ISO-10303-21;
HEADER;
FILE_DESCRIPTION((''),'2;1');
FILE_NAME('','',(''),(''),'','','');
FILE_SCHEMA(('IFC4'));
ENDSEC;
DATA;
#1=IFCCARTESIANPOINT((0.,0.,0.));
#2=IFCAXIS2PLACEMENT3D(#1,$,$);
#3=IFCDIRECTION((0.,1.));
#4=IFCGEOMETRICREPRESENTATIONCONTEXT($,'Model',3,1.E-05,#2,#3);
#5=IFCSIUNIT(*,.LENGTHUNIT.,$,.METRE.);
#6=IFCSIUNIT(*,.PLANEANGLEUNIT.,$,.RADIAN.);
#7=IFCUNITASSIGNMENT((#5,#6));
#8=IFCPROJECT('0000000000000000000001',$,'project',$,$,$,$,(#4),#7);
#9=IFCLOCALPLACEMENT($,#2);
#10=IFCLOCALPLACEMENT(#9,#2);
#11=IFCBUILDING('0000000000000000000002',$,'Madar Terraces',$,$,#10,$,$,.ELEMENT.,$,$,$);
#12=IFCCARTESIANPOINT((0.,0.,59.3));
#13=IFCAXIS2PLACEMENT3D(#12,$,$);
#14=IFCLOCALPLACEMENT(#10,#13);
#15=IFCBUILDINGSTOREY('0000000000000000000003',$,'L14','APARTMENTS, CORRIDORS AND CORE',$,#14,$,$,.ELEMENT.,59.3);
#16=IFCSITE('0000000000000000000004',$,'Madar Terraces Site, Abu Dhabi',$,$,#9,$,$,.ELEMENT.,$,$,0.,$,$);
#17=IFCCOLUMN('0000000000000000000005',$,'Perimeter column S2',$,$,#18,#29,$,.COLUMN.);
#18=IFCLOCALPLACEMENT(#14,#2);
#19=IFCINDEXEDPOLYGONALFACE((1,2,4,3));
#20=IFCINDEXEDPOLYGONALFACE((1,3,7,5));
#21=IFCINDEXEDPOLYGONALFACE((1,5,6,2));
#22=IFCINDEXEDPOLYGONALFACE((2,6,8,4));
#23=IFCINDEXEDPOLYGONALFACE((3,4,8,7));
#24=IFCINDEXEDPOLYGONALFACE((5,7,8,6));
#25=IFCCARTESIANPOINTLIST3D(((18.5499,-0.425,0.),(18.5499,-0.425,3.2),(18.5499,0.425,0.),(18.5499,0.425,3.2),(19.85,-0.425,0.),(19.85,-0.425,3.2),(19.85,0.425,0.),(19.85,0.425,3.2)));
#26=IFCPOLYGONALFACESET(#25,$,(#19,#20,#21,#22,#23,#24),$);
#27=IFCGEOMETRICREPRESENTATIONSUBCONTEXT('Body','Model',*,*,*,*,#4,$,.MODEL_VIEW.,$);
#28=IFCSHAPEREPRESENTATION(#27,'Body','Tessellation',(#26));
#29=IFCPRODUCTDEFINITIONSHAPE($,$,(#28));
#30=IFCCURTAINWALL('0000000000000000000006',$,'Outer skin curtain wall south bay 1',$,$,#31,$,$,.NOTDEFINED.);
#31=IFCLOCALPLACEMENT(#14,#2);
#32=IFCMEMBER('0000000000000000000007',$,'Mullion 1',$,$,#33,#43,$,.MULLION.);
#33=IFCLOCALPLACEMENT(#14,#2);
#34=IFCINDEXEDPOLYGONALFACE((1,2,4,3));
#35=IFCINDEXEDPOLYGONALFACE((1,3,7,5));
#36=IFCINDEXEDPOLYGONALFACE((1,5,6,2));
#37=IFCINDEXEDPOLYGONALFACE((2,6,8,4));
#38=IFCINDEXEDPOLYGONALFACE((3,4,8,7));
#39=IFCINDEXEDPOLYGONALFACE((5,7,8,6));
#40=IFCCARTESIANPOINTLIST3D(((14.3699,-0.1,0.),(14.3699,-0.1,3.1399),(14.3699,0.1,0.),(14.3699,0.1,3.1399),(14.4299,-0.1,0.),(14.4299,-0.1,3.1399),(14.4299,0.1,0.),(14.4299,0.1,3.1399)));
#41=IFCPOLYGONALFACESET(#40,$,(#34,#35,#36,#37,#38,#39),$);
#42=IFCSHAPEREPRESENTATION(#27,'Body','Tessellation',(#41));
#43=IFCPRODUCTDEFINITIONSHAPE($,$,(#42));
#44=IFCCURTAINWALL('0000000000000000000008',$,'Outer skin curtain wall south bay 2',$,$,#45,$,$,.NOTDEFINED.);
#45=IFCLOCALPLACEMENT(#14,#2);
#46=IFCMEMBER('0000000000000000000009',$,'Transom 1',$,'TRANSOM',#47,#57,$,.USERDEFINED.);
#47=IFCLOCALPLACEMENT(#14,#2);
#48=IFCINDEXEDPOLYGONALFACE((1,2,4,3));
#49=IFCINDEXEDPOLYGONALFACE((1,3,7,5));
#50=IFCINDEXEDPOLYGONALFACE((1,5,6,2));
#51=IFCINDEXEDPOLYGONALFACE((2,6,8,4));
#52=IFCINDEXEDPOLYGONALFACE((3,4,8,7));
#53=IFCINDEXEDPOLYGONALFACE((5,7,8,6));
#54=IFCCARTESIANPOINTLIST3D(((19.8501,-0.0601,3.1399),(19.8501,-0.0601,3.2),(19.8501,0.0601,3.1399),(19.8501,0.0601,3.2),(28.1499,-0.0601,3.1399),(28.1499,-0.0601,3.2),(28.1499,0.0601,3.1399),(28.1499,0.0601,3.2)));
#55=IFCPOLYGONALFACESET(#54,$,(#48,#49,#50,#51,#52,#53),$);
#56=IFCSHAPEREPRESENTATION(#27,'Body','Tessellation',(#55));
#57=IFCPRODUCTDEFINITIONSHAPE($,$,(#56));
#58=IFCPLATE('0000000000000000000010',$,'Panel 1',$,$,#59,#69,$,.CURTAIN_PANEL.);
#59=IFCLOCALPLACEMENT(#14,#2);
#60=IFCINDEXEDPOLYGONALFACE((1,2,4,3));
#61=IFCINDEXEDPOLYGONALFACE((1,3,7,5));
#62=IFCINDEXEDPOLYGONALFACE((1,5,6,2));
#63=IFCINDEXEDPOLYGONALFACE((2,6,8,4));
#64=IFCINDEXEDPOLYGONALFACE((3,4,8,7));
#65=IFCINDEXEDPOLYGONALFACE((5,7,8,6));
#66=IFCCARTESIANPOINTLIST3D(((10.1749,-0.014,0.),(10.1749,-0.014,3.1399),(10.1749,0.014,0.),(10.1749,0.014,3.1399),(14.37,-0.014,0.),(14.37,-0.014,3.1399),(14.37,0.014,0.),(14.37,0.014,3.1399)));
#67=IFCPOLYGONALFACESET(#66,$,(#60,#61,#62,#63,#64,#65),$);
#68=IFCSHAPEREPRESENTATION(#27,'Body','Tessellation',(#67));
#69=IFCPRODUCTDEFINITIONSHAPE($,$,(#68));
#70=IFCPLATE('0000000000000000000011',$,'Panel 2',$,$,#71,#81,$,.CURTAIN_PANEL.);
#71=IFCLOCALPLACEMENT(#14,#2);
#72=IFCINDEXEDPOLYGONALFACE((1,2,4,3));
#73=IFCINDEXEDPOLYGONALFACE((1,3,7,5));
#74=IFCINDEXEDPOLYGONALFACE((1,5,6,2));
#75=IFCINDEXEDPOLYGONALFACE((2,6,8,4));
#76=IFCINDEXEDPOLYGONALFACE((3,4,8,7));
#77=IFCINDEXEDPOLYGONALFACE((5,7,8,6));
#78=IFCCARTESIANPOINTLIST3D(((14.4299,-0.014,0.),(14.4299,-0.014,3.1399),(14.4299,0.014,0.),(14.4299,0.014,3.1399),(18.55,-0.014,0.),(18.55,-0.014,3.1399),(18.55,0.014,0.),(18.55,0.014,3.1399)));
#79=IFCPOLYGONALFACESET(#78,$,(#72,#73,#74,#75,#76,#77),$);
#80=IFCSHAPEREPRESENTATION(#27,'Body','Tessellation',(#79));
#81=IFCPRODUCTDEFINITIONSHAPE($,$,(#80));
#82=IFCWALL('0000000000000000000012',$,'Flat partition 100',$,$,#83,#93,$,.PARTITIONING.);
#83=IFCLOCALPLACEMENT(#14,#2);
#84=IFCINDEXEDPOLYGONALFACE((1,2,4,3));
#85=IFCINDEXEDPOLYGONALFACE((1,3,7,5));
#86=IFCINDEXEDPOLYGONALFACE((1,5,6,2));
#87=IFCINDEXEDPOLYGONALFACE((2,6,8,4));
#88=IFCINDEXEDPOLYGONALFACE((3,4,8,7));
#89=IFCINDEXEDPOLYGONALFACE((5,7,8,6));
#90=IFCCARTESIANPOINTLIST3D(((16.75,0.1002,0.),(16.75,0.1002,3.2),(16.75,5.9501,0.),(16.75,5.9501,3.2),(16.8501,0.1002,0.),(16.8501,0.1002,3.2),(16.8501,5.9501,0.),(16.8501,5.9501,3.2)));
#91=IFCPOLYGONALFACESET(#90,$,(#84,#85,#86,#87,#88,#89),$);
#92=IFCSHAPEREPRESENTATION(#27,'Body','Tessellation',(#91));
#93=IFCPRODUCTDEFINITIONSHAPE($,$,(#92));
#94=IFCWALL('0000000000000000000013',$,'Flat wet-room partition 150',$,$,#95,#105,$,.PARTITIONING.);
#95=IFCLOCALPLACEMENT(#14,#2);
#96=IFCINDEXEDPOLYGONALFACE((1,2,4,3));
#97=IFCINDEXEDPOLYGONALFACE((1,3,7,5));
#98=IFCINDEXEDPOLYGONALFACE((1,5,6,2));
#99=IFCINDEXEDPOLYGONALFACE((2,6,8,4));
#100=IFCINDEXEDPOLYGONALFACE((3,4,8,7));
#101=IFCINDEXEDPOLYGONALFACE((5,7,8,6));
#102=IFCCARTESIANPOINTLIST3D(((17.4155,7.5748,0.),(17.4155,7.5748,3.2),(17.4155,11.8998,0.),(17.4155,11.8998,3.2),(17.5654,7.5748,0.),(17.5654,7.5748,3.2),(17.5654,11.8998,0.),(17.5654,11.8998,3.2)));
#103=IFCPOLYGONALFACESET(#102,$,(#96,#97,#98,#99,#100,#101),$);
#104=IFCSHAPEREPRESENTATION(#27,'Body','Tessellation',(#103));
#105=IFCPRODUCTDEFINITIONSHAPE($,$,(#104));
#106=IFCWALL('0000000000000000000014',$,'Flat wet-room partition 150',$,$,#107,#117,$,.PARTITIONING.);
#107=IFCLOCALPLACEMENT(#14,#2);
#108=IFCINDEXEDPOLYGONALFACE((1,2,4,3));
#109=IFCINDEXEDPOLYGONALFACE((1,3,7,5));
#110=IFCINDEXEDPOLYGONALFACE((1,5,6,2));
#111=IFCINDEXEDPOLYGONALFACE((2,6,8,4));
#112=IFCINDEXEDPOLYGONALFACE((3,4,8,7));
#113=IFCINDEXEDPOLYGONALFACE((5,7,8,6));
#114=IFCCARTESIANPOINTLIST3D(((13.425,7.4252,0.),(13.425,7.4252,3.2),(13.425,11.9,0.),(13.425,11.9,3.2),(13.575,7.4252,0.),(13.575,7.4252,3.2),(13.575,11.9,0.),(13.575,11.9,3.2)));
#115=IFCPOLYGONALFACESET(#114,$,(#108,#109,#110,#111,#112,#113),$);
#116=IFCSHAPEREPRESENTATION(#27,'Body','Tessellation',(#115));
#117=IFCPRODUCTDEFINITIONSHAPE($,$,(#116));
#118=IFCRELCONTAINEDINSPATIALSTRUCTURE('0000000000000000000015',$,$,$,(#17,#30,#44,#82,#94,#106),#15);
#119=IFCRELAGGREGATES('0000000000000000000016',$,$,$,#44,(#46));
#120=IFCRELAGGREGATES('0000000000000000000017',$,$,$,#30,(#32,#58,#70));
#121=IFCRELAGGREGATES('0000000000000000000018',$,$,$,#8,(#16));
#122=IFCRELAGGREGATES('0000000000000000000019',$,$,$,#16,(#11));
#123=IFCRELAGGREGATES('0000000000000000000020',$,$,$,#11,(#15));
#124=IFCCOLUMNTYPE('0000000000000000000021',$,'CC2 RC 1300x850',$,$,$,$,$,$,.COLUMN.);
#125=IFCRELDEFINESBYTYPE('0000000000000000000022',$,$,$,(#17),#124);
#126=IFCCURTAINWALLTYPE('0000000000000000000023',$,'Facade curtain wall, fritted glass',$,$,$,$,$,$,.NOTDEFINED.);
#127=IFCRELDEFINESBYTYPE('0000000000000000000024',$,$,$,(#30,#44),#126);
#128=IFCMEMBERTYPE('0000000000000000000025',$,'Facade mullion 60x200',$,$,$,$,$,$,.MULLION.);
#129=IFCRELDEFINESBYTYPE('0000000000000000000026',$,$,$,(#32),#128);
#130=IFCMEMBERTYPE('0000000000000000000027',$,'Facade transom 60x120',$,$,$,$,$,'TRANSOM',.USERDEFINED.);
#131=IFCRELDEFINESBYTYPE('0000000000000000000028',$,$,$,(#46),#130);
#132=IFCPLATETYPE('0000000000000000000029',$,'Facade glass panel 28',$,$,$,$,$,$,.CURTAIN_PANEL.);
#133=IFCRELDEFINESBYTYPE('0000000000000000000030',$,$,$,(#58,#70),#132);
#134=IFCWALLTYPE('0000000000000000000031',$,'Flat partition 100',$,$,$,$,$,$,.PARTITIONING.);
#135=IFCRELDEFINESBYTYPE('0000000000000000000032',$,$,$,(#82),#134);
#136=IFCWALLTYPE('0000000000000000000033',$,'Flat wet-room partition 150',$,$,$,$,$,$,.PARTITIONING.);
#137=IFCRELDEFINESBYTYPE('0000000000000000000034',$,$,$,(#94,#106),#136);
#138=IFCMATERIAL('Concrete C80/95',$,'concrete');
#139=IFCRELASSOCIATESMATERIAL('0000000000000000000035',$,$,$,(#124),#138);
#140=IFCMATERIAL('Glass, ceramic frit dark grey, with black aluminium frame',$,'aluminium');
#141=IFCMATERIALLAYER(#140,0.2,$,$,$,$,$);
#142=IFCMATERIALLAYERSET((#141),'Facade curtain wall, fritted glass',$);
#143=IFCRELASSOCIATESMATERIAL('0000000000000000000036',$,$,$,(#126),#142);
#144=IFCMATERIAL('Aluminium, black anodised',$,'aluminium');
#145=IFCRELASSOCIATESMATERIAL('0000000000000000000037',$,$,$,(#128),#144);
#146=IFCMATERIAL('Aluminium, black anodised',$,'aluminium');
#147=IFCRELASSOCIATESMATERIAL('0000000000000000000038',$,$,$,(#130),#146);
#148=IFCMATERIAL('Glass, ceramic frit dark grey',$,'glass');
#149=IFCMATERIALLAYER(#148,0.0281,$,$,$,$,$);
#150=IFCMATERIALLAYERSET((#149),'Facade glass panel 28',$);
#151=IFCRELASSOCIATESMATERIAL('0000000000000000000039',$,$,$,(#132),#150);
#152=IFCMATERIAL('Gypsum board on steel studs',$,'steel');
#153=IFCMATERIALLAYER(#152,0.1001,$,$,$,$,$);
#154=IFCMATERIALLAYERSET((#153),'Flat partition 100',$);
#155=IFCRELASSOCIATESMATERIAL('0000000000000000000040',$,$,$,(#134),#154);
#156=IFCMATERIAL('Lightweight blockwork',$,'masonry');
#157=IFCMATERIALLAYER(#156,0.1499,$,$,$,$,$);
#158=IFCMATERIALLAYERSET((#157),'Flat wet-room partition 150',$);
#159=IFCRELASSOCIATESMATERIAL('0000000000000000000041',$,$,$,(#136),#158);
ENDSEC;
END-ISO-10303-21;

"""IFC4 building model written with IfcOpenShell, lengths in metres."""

from ifc_helpers import new_model, si_unit, direction, frame, frame_2d, origin, origin_2d, place, context, subcontext, project, spatial, rectangle, extrude, material, layer, layer_set, material_profile, profile_set, type_object, element, aggregate, save


model = new_model("IFC4")

# Units and contexts
model_context = context("Model", 3, precision=1e-05, world=origin(), true_north=direction((0.0, 1.0)))
body_context = subcontext(model_context, "Body", "Model", "MODEL_VIEW")
ifc_project = project(units=[si_unit("LENGTHUNIT", "METRE"), si_unit("PLANEANGLEUNIT", "RADIAN")], contexts=[model_context])

# Site, building, storey
site_placement = place(None, origin())
site = spatial("IfcSite", under=ifc_project, at=site_placement, Name="Madar Terraces Site, Abu Dhabi", CompositionType="ELEMENT", RefElevation=0.0)
building_placement = place(site_placement, origin())
building = spatial("IfcBuilding", under=site, at=building_placement, Name="Madar Terraces", CompositionType="ELEMENT")
storey_placement = place(building_placement, frame((0.0, 0.0, 59.3)))
storey = spatial("IfcBuildingStorey", under=building, at=storey_placement, Name="L14", Description="APARTMENTS, CORRIDORS AND CORE", CompositionType="ELEMENT", Elevation=59.3)

# Column
ifc_material_1 = material(Name="Concrete C80/95", Category="concrete")
ifc_material_profile_1 = material_profile(ifc_material_1, rectangle(XDim=1.3, YDim=0.8501, at=origin_2d()), Name="CC2 RC 1300x850")
ifc_profile_set_1 = profile_set([ifc_material_profile_1], Name="Concrete C80/95")
column_type = type_object("IfcColumnType", Name="CC2 RC 1300x850", PredefinedType="COLUMN", material=ifc_profile_set_1)
column_placement = place(storey_placement, frame((19.2, 0.0, 0.0), z_axis=(0.0, 0.0, 1.0), x_axis=(1.0, 0.0, 0.0)))
element("IfcColumn", 1, at=column_placement, inside=storey, type_object=column_type, Name="Perimeter column S2", PredefinedType="COLUMN", context=body_context, shape_type="SweptSolid", body=[
    extrude(rectangle(XDim=1.3, YDim=0.8501, at=origin_2d()), origin(), (0.0, 0.0, 1.0), 3.2),
])

# Curtain walls, members
ifc_material_2 = material(Name="Glass, ceramic frit dark grey, with black aluminium frame", Category="aluminium")
ifc_layer_1 = layer(ifc_material_2, 0.2)
ifc_layer_set_1 = layer_set([ifc_layer_1], Name="Facade curtain wall, fritted glass")
curtain_wall_type = type_object("IfcCurtainWallType", Name="Facade curtain wall, fritted glass", PredefinedType="NOTDEFINED", material=ifc_layer_set_1)
curtain_wall_1_placement = place(storey_placement, origin())
curtain_wall_1 = element("IfcCurtainWall", 2, at=curtain_wall_1_placement, inside=storey, type_object=curtain_wall_type, Name="Outer skin curtain wall south bay 1", PredefinedType="NOTDEFINED")
ifc_material_3 = material(Name="Aluminium, black anodised", Category="aluminium")
ifc_material_profile_2 = material_profile(ifc_material_3, rectangle(XDim=0.2, YDim=0.0601, at=origin_2d()), Name="Facade mullion 60x200")
ifc_profile_set_2 = profile_set([ifc_material_profile_2], Name="Aluminium, black anodised")
member_type_1 = type_object("IfcMemberType", Name="Facade mullion 60x200", PredefinedType="MULLION", material=ifc_profile_set_2)
member_1_placement = place(storey_placement, frame((14.3999, 0.0, 0.0), z_axis=(0.0, 0.0, 1.0), x_axis=(0.0, 1.0, 0.0)))
member_1 = element("IfcMember", 3, at=member_1_placement, type_object=member_type_1, Name="Mullion 1", PredefinedType="MULLION", context=body_context, shape_type="SweptSolid", body=[
    extrude(rectangle(XDim=0.2, YDim=0.0601, at=origin_2d()), origin(), (0.0, 0.0, 1.0), 3.1399),
])
curtain_wall_2_placement = place(storey_placement, origin())
curtain_wall_2 = element("IfcCurtainWall", 4, at=curtain_wall_2_placement, inside=storey, type_object=curtain_wall_type, Name="Outer skin curtain wall south bay 2", PredefinedType="NOTDEFINED")
ifc_material_4 = material(Name="Aluminium, black anodised", Category="aluminium")
ifc_material_profile_3 = material_profile(ifc_material_4, rectangle(XDim=0.1201, YDim=0.0601, at=origin_2d()), Name="Facade transom 60x120")
ifc_profile_set_3 = profile_set([ifc_material_profile_3], Name="Aluminium, black anodised")
member_type_2 = type_object("IfcMemberType", Name="Facade transom 60x120", ElementType="TRANSOM", PredefinedType="USERDEFINED", material=ifc_profile_set_3)
member_2_placement = place(storey_placement, frame((19.8501, 0.0, 3.1699), z_axis=(1.0, 0.0, 0.0), x_axis=(0.0, 1.0, 0.0)))
member_2 = element("IfcMember", 5, at=member_2_placement, type_object=member_type_2, Name="Transom 1", ObjectType="TRANSOM", PredefinedType="USERDEFINED", context=body_context, shape_type="SweptSolid", body=[
    extrude(rectangle(XDim=0.1201, YDim=0.0601, at=origin_2d()), origin(), (0.0, 0.0, 1.0), 8.2998),
])
aggregate(curtain_wall_2, [member_2])

# Plates
ifc_material_5 = material(Name="Glass, ceramic frit dark grey", Category="glass")
ifc_layer_2 = layer(ifc_material_5, 0.0281)
ifc_layer_set_2 = layer_set([ifc_layer_2], Name="Facade glass panel 28")
plate_type = type_object("IfcPlateType", Name="Facade glass panel 28", PredefinedType="CURTAIN_PANEL", material=ifc_layer_set_2)
plate_1_placement = place(storey_placement, frame((12.2725, 0.0, 0.0), z_axis=(0.0, 0.0, 1.0), x_axis=(1.0, 0.0, 0.0)))
plate_1 = element("IfcPlate", 6, at=plate_1_placement, type_object=plate_type, Name="Panel 1", PredefinedType="CURTAIN_PANEL", context=body_context, shape_type="SweptSolid", body=[
    extrude(rectangle(XDim=4.1951, YDim=0.0281, at=origin_2d()), origin(), (0.0, 0.0, 1.0), 3.1399),
])
plate_2_placement = place(storey_placement, frame((16.49, 0.0, 0.0), z_axis=(0.0, 0.0, 1.0), x_axis=(1.0, 0.0, 0.0)))
plate_2 = element("IfcPlate", 7, at=plate_2_placement, type_object=plate_type, Name="Panel 2", PredefinedType="CURTAIN_PANEL", context=body_context, shape_type="SweptSolid", body=[
    extrude(rectangle(XDim=4.1201, YDim=0.0281, at=origin_2d()), origin(), (0.0, 0.0, 1.0), 3.1399),
])
aggregate(curtain_wall_1, [member_1, plate_1, plate_2])

# Walls
ifc_material_6 = material(Name="Gypsum board on steel studs", Category="steel")
ifc_layer_3 = layer(ifc_material_6, 0.1001)
ifc_layer_set_3 = layer_set([ifc_layer_3], Name="Flat partition 100")
wall_type_1 = type_object("IfcWallType", Name="Flat partition 100", PredefinedType="PARTITIONING", material=ifc_layer_set_3)
wall_1_placement = place(storey_placement, frame((16.8, 5.95, 0.0), z_axis=(0.0, 0.0, 1.0), x_axis=(0.0, -1.0, 0.0)))
element("IfcWall", 8, at=wall_1_placement, inside=storey, type_object=wall_type_1, Name="Flat partition 100", PredefinedType="PARTITIONING", context=body_context, shape_type="SweptSolid", body=[
    extrude(rectangle(XDim=5.8499, YDim=0.1001, at=frame_2d((2.9248, 0.0))), origin(), (0.0, 0.0, 1.0), 3.2),
])
ifc_material_7 = material(Name="Lightweight blockwork", Category="masonry")
ifc_layer_4 = layer(ifc_material_7, 0.1499)
ifc_layer_set_4 = layer_set([ifc_layer_4], Name="Flat wet-room partition 150")
wall_type_2 = type_object("IfcWallType", Name="Flat wet-room partition 150", PredefinedType="PARTITIONING", material=ifc_layer_set_4)
wall_2_placement = place(storey_placement, frame((17.4905, 11.8999, 0.0), z_axis=(0.0, 0.0, 1.0), x_axis=(0.0, -1.0, 0.0)))
element("IfcWall", 9, at=wall_2_placement, inside=storey, type_object=wall_type_2, Name="Flat wet-room partition 150", PredefinedType="PARTITIONING", context=body_context, shape_type="SweptSolid", body=[
    extrude(rectangle(XDim=4.325, YDim=0.1499, at=frame_2d((2.1626, 0.0))), origin(), (0.0, 0.0, 1.0), 3.2),
])
wall_3_placement = place(storey_placement, frame((13.5, 11.8999, 0.0), z_axis=(0.0, 0.0, 1.0), x_axis=(0.0, -1.0, 0.0)))
element("IfcWall", 10, at=wall_3_placement, inside=storey, type_object=wall_type_2, Name="Flat wet-room partition 150", PredefinedType="PARTITIONING", context=body_context, shape_type="SweptSolid", body=[
    extrude(rectangle(XDim=4.4749, YDim=0.1499, at=frame_2d((2.2373, 0.0))), origin(), (0.0, 0.0, 1.0), 3.2),
])

save(model, "model.ifc")
